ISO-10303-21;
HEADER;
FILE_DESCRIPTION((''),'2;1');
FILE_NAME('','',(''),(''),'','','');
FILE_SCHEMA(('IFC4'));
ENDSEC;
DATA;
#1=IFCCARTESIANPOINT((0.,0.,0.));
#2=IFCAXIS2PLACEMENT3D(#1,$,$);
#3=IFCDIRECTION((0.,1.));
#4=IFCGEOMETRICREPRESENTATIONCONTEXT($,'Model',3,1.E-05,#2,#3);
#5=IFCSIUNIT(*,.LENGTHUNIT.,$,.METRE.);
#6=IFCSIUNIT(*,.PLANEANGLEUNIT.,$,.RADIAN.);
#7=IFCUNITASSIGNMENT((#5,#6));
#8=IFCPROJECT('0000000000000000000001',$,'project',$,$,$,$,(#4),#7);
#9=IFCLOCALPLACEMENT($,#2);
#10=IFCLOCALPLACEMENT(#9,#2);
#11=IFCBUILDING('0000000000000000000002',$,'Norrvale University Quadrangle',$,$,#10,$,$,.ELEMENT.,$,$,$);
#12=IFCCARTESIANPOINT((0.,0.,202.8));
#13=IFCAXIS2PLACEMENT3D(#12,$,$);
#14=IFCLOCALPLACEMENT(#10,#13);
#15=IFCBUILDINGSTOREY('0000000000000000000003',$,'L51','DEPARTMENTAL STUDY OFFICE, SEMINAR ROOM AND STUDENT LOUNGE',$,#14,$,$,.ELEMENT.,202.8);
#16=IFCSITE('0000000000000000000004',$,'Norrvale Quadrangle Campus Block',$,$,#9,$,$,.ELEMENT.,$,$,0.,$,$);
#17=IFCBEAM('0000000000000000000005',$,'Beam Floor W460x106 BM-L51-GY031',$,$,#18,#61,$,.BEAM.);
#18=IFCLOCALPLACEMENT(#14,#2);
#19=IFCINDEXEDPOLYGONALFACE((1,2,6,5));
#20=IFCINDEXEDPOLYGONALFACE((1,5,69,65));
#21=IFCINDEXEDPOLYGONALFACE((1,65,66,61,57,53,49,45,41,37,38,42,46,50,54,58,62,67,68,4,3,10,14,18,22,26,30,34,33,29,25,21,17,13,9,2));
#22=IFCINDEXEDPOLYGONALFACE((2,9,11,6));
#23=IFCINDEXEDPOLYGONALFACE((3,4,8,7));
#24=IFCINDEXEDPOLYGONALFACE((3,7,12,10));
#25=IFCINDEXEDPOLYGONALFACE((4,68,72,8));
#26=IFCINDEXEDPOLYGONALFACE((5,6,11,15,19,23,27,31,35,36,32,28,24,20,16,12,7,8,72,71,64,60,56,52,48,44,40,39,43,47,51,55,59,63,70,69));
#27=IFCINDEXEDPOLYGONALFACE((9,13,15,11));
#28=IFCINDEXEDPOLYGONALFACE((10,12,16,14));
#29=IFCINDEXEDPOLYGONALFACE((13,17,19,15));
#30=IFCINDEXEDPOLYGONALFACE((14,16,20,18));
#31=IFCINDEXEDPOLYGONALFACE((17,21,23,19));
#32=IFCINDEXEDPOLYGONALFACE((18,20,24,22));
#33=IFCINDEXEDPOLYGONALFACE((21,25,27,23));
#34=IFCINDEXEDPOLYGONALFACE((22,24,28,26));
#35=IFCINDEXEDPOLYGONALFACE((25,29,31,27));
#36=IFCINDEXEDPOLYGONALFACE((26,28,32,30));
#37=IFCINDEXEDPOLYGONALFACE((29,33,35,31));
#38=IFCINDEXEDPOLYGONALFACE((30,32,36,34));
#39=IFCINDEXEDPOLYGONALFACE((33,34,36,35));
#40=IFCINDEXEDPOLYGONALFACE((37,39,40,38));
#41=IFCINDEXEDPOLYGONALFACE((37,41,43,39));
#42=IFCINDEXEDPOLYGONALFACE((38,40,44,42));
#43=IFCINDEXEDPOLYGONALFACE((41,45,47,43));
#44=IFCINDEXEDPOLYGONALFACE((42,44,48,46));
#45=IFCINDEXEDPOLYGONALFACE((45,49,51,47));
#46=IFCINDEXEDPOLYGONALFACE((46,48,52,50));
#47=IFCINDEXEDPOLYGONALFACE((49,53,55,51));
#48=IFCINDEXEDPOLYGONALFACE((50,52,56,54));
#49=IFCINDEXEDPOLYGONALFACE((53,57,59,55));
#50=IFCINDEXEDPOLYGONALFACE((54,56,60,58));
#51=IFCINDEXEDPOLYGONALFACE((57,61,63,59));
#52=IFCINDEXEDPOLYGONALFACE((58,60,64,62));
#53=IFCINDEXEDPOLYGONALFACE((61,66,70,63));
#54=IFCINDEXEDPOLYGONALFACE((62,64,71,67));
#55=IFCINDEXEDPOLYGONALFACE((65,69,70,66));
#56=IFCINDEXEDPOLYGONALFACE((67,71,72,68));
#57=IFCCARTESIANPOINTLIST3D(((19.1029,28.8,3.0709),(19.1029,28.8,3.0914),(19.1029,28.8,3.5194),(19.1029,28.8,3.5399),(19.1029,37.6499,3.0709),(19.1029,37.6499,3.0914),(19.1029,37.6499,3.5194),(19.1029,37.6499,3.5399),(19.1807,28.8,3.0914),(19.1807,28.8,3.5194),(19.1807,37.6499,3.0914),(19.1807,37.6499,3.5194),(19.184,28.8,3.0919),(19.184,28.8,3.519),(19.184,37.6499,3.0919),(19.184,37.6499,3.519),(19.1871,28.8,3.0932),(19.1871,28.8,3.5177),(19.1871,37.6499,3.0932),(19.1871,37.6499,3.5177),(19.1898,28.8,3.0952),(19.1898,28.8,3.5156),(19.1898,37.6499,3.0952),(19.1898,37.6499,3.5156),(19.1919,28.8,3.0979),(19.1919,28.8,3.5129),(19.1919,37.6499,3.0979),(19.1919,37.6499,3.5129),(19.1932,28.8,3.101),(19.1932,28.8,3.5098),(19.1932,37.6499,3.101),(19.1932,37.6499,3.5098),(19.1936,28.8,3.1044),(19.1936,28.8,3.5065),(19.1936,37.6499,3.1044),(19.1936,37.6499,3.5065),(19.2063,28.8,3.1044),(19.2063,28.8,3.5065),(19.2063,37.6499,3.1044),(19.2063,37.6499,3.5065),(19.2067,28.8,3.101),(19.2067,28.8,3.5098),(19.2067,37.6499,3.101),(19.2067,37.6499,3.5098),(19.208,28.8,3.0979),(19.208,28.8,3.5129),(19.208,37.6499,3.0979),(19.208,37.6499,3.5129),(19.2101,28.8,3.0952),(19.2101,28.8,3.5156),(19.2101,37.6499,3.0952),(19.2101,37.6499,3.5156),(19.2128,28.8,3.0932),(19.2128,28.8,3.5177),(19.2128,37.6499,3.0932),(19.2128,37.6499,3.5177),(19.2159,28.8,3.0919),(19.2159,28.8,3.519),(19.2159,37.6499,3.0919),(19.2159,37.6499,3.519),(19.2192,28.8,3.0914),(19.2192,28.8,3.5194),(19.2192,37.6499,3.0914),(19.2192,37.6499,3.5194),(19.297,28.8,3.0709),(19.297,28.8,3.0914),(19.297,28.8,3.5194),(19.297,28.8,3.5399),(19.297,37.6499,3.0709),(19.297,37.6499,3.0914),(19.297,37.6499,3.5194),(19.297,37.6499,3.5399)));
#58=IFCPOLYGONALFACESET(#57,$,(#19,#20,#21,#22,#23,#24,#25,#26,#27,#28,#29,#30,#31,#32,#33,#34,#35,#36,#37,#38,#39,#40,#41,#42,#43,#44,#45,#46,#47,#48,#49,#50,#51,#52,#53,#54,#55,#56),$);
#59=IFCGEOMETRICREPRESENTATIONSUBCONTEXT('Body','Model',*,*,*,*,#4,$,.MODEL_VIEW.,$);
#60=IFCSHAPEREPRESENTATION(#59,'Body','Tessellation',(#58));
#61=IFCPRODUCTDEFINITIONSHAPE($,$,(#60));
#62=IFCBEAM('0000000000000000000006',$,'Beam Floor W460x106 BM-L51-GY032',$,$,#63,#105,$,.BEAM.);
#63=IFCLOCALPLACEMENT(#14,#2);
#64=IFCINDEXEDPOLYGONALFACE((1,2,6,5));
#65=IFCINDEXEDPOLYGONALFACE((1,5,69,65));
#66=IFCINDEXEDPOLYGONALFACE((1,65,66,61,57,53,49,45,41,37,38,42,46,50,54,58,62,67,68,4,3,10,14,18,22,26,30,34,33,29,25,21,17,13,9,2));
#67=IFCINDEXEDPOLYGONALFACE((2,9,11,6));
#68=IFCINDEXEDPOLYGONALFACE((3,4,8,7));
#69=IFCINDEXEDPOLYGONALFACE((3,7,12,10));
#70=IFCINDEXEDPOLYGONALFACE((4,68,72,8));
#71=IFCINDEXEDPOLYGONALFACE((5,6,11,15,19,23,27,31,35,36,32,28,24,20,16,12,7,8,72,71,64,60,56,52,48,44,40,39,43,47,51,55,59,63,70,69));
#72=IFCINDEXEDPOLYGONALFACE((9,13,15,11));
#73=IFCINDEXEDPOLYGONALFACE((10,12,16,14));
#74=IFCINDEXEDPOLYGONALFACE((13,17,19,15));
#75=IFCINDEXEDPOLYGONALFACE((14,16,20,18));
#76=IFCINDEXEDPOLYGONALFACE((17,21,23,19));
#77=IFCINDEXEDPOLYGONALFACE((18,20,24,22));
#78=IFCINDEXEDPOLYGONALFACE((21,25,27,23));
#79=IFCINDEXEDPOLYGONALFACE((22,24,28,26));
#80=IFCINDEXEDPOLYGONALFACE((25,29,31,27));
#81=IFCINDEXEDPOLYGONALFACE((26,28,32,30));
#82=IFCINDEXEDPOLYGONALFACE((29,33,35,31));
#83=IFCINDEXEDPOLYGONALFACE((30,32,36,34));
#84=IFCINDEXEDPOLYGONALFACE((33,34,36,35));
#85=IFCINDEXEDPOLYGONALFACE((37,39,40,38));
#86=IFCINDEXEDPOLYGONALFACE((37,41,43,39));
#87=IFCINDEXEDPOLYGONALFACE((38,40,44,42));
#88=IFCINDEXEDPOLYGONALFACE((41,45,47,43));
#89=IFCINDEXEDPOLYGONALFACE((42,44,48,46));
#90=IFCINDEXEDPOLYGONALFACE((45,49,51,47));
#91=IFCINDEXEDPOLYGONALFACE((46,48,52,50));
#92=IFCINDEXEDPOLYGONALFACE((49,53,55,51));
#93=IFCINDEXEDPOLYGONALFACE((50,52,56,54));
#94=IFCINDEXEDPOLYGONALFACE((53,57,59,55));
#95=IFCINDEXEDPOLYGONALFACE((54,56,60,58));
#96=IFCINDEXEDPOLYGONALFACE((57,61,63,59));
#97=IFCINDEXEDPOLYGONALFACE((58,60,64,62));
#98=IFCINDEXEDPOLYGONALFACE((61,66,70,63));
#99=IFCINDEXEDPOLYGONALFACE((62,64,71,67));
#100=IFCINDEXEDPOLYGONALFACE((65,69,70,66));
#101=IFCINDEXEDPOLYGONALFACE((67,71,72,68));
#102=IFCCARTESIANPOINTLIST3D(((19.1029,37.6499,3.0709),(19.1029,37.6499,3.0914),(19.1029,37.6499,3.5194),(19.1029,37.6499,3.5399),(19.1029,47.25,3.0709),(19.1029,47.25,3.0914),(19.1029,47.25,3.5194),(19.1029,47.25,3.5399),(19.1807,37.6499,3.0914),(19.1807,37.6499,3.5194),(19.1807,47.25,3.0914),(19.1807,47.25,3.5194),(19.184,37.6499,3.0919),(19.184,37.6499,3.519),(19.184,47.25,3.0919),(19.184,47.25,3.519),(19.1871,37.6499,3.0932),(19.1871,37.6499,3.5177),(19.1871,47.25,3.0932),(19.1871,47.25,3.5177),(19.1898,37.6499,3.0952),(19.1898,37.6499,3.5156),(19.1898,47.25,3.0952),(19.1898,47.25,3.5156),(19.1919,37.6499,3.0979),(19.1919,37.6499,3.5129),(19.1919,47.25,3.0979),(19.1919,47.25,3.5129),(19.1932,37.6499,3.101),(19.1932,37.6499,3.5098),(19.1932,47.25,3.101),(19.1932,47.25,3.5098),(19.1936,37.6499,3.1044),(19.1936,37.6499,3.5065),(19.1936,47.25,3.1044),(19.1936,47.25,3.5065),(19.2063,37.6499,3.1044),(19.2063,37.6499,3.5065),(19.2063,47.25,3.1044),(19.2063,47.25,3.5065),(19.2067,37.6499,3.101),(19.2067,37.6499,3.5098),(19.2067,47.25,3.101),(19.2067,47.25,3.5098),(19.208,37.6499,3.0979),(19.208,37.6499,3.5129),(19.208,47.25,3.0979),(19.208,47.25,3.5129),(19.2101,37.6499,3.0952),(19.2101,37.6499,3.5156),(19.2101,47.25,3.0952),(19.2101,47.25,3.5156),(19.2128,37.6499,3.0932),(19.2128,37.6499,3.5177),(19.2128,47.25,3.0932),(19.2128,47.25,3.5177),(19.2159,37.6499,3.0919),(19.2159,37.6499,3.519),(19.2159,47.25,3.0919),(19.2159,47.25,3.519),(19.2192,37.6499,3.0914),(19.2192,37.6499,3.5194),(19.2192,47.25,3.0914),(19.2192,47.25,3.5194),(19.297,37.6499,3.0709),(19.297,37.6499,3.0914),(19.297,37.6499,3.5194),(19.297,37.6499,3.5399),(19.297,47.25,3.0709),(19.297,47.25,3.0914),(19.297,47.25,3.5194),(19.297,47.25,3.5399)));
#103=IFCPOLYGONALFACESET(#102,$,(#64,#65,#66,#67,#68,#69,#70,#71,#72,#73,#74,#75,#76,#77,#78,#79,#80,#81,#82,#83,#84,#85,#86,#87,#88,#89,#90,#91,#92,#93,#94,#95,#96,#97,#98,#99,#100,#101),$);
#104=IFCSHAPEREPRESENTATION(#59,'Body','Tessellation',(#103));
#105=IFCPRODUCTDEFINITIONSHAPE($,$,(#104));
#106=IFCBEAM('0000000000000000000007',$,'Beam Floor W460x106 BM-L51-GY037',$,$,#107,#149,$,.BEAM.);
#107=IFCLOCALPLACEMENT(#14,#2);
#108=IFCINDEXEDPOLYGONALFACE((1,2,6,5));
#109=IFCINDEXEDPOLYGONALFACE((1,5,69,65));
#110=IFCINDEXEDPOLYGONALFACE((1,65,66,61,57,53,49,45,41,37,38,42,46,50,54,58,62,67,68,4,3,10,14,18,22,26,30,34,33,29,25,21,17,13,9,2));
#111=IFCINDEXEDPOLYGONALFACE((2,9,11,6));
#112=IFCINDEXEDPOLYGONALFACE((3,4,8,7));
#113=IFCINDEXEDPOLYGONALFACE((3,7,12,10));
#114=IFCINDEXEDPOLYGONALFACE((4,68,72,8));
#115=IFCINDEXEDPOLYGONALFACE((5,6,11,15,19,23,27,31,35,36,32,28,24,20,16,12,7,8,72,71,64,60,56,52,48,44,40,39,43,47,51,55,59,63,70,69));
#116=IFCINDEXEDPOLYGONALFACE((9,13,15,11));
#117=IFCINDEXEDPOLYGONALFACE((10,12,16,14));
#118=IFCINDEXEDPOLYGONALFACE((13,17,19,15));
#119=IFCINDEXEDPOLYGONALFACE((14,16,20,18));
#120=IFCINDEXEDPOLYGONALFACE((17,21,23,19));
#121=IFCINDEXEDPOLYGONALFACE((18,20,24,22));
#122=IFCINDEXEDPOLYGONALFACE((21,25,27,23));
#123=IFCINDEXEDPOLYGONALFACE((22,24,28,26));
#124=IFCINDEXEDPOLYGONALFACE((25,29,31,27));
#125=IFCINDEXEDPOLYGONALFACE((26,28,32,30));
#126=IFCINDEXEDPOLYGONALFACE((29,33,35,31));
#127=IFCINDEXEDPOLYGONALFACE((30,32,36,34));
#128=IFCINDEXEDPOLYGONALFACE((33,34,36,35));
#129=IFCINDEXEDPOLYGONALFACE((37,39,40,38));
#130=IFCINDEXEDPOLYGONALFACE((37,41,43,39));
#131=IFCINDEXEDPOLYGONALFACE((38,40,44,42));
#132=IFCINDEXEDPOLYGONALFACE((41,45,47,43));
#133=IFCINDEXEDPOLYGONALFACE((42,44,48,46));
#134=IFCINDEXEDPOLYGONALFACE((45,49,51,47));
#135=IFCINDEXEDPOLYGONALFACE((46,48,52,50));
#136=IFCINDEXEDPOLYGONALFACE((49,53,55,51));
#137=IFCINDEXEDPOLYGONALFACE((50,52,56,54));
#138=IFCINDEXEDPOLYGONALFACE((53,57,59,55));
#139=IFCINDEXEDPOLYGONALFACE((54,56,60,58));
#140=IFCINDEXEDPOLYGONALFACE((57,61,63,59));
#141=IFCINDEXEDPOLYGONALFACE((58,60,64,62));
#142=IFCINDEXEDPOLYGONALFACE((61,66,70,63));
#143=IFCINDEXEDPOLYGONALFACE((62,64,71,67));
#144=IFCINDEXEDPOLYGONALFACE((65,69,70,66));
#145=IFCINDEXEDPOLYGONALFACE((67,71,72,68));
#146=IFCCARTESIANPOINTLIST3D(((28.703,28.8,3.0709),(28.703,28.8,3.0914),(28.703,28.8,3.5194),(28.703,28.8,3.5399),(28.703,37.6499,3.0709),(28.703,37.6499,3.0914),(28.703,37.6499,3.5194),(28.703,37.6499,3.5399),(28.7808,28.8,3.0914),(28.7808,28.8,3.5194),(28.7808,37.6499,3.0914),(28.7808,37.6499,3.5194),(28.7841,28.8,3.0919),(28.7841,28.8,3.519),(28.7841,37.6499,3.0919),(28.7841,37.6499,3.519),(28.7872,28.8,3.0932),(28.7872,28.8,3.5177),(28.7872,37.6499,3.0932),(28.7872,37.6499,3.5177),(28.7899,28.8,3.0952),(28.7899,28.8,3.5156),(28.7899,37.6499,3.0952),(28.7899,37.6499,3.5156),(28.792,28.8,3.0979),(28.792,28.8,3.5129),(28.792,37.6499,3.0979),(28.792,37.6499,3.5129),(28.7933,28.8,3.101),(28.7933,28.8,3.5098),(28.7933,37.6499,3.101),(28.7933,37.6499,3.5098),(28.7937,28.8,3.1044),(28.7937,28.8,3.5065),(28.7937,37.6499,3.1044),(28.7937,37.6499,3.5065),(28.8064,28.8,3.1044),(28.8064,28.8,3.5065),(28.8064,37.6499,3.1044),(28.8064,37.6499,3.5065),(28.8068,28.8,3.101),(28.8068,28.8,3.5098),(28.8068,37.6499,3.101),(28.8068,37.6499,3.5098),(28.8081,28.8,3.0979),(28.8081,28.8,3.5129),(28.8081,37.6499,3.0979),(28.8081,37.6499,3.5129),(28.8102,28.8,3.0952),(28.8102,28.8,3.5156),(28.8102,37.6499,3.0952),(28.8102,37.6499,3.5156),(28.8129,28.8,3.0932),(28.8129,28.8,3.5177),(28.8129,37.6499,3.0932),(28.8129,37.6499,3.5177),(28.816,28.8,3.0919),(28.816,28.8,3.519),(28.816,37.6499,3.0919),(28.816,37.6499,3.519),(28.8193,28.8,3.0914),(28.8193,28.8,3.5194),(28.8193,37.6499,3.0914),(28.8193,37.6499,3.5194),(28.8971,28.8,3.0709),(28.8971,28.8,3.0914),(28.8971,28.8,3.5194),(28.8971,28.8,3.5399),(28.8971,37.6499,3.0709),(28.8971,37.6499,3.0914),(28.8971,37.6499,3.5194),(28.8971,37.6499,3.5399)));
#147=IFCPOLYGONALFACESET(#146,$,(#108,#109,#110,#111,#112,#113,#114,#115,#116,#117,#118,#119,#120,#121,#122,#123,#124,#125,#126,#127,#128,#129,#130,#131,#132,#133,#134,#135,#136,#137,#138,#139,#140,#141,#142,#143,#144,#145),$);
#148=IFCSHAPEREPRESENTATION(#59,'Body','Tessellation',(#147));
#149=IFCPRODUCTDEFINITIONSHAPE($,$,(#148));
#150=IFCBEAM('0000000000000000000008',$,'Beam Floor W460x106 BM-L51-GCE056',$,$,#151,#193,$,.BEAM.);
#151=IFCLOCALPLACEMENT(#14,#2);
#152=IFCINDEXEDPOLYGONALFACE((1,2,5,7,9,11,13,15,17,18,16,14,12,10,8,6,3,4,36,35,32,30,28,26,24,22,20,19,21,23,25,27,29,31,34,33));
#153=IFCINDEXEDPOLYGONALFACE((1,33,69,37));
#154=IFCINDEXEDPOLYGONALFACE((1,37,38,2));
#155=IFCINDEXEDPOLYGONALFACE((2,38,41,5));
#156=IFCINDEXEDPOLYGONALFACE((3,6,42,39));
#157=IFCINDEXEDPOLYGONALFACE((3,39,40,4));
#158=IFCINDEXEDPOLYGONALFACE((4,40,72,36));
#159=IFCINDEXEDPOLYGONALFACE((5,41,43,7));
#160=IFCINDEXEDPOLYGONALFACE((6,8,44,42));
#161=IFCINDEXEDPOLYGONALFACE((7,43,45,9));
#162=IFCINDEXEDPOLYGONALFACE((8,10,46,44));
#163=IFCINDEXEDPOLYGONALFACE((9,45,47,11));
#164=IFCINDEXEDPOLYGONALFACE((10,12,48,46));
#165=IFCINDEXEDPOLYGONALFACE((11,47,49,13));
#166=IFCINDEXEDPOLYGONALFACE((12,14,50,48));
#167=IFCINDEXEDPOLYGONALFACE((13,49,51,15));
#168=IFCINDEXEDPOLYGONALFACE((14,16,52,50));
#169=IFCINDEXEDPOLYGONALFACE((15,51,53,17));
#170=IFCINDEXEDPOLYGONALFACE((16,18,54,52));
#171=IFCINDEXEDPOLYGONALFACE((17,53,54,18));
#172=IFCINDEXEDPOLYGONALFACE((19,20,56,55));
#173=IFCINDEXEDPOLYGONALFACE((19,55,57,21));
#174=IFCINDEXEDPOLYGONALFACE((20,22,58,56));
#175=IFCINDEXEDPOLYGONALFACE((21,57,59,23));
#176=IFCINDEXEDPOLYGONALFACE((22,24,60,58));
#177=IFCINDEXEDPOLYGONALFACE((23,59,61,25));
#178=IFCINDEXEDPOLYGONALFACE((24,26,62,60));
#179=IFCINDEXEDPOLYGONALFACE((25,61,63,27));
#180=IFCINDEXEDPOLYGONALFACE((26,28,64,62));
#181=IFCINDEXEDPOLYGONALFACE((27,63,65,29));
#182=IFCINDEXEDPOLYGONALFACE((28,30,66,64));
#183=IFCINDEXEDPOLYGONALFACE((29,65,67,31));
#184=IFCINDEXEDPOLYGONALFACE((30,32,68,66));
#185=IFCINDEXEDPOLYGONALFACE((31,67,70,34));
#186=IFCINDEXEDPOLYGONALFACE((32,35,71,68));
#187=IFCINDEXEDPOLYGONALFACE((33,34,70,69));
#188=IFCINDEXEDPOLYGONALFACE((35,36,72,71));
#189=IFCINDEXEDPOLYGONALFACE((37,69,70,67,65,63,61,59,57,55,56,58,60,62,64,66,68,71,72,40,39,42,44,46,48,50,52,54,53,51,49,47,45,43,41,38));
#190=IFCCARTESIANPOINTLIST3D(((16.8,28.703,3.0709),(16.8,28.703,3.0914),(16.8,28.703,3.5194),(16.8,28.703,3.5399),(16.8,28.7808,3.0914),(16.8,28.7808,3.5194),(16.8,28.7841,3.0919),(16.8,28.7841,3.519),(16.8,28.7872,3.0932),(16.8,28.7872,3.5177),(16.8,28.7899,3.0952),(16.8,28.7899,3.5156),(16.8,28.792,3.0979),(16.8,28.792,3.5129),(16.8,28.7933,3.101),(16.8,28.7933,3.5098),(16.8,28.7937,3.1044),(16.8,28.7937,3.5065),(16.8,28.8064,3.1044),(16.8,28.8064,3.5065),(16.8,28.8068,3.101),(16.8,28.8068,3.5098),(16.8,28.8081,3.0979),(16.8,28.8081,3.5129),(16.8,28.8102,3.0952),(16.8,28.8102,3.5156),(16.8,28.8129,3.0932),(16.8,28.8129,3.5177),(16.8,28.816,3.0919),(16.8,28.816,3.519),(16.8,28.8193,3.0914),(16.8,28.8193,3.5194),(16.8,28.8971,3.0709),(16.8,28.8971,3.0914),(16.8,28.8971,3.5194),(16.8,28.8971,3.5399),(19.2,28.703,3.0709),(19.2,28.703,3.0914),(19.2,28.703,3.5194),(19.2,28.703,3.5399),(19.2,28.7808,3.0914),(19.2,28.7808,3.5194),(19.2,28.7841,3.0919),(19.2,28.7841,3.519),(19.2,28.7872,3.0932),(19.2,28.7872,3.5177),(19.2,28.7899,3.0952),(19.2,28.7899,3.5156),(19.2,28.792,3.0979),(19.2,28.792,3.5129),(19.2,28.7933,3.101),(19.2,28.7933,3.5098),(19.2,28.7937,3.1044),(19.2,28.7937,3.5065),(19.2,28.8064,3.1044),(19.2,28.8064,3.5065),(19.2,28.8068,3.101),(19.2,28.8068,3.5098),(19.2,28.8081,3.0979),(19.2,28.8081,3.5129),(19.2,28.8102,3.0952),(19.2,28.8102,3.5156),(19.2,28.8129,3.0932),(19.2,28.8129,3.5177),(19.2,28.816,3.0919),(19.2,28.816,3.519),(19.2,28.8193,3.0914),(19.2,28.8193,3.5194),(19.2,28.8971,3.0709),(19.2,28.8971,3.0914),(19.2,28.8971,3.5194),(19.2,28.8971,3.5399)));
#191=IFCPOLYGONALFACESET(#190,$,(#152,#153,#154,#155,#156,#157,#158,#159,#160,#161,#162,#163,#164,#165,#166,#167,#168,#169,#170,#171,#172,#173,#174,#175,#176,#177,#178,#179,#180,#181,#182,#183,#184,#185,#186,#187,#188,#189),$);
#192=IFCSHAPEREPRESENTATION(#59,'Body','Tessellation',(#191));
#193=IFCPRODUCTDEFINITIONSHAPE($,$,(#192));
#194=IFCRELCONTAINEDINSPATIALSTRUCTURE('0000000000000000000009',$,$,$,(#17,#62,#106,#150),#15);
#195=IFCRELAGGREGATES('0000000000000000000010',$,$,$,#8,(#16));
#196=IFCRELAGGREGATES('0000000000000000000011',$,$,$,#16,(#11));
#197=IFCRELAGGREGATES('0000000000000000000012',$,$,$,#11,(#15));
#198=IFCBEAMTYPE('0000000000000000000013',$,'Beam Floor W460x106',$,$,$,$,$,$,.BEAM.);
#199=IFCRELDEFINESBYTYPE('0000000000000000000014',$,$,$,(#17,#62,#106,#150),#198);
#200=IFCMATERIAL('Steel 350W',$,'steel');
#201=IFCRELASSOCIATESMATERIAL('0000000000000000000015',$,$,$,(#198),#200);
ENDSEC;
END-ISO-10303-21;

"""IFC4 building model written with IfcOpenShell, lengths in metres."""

from ifc_helpers import new_model, si_unit, direction, frame, origin, origin_2d, place, context, subcontext, project, spatial, i_section, extrude, material, material_profile, profile_set, type_object, element, save


model = new_model("IFC4")

# Units and contexts
model_context = context("Model", 3, precision=1e-05, world=origin(), true_north=direction((0.0, 1.0)))
body_context = subcontext(model_context, "Body", "Model", "MODEL_VIEW")
ifc_project = project(units=[si_unit("LENGTHUNIT", "METRE"), si_unit("PLANEANGLEUNIT", "RADIAN")], contexts=[model_context])

# Site, building, storey
site_placement = place(None, origin())
site = spatial("IfcSite", under=ifc_project, at=site_placement, Name="Norrvale Quadrangle Campus Block", CompositionType="ELEMENT", RefElevation=0.0)
building_placement = place(site_placement, origin())
building = spatial("IfcBuilding", under=site, at=building_placement, Name="Norrvale University Quadrangle", CompositionType="ELEMENT")
storey_placement = place(building_placement, frame((0.0, 0.0, 202.8)))
storey = spatial("IfcBuildingStorey", under=building, at=storey_placement, Name="L51", Description="DEPARTMENTAL STUDY OFFICE, SEMINAR ROOM AND STUDENT LOUNGE", CompositionType="ELEMENT", Elevation=202.8)

# Beams
ifc_material_1 = material(Name="Steel 350W", Category="steel")
ifc_material_profile_1 = material_profile(ifc_material_1, i_section(OverallWidth=0.1941, OverallDepth=0.469, WebThickness=0.0127, FlangeThickness=0.0205, FilletRadius=0.0129, at=origin_2d()), Name="Steel 350W")
ifc_profile_set_1 = profile_set([ifc_material_profile_1], Name="Steel 350W")
beam_type_1 = type_object("IfcBeamType", Name="Beam Floor W460x106", PredefinedType="BEAM", material=ifc_profile_set_1)
beam_1_placement = place(storey_placement, frame((19.2, 28.8, 3.3054), z_axis=(0.0, 1.0, 0.0), x_axis=(-1.0, 0.0, 0.0)))
element("IfcBeam", 1, at=beam_1_placement, inside=storey, type_object=beam_type_1, Name="Beam Floor W460x106 BM-L51-GY031", PredefinedType="BEAM", context=body_context, shape_type="SweptSolid", body=[
    extrude(i_section(OverallWidth=0.1941, OverallDepth=0.469, WebThickness=0.0127, FlangeThickness=0.0205, FilletRadius=0.0129, at=origin_2d()), origin(), (0.0, 0.0, 1.0), 8.8499),
])
beam_2_placement = place(storey_placement, frame((19.2, 37.6499, 3.3054), z_axis=(0.0, 1.0, 0.0), x_axis=(-1.0, 0.0, 0.0)))
element("IfcBeam", 2, at=beam_2_placement, inside=storey, type_object=beam_type_1, Name="Beam Floor W460x106 BM-L51-GY032", PredefinedType="BEAM", context=body_context, shape_type="SweptSolid", body=[
    extrude(i_section(OverallWidth=0.1941, OverallDepth=0.469, WebThickness=0.0127, FlangeThickness=0.0205, FilletRadius=0.0129, at=origin_2d()), origin(), (0.0, 0.0, 1.0), 9.6001),
])
beam_3_placement = place(storey_placement, frame((28.8, 28.8, 3.3054), z_axis=(0.0, 1.0, 0.0), x_axis=(-1.0, 0.0, 0.0)))
element("IfcBeam", 3, at=beam_3_placement, inside=storey, type_object=beam_type_1, Name="Beam Floor W460x106 BM-L51-GY037", PredefinedType="BEAM", context=body_context, shape_type="SweptSolid", body=[
    extrude(i_section(OverallWidth=0.1941, OverallDepth=0.469, WebThickness=0.0127, FlangeThickness=0.0205, FilletRadius=0.0129, at=origin_2d()), origin(), (0.0, 0.0, 1.0), 8.8499),
])
for number, where, z_axis, x_axis, name in (
    (4, (16.8, 28.8, 3.3054), (1.0, 0.0, 0.0), (0.0, 1.0, 0.0), "Beam Floor W460x106 BM-L51-GCE056"),
):
    element("IfcBeam", number, at=place(storey_placement, frame(where, z_axis=z_axis, x_axis=x_axis)), inside=storey, type_object=beam_type_1, Name=name, PredefinedType="BEAM", context=body_context, shape_type="SweptSolid", body=[
        extrude(i_section(OverallWidth=0.1941, OverallDepth=0.469, WebThickness=0.0127, FlangeThickness=0.0205, FilletRadius=0.0129, at=origin_2d()), origin(), (0.0, 0.0, 1.0), 2.3999),
    ])

save(model, "model.ifc")
